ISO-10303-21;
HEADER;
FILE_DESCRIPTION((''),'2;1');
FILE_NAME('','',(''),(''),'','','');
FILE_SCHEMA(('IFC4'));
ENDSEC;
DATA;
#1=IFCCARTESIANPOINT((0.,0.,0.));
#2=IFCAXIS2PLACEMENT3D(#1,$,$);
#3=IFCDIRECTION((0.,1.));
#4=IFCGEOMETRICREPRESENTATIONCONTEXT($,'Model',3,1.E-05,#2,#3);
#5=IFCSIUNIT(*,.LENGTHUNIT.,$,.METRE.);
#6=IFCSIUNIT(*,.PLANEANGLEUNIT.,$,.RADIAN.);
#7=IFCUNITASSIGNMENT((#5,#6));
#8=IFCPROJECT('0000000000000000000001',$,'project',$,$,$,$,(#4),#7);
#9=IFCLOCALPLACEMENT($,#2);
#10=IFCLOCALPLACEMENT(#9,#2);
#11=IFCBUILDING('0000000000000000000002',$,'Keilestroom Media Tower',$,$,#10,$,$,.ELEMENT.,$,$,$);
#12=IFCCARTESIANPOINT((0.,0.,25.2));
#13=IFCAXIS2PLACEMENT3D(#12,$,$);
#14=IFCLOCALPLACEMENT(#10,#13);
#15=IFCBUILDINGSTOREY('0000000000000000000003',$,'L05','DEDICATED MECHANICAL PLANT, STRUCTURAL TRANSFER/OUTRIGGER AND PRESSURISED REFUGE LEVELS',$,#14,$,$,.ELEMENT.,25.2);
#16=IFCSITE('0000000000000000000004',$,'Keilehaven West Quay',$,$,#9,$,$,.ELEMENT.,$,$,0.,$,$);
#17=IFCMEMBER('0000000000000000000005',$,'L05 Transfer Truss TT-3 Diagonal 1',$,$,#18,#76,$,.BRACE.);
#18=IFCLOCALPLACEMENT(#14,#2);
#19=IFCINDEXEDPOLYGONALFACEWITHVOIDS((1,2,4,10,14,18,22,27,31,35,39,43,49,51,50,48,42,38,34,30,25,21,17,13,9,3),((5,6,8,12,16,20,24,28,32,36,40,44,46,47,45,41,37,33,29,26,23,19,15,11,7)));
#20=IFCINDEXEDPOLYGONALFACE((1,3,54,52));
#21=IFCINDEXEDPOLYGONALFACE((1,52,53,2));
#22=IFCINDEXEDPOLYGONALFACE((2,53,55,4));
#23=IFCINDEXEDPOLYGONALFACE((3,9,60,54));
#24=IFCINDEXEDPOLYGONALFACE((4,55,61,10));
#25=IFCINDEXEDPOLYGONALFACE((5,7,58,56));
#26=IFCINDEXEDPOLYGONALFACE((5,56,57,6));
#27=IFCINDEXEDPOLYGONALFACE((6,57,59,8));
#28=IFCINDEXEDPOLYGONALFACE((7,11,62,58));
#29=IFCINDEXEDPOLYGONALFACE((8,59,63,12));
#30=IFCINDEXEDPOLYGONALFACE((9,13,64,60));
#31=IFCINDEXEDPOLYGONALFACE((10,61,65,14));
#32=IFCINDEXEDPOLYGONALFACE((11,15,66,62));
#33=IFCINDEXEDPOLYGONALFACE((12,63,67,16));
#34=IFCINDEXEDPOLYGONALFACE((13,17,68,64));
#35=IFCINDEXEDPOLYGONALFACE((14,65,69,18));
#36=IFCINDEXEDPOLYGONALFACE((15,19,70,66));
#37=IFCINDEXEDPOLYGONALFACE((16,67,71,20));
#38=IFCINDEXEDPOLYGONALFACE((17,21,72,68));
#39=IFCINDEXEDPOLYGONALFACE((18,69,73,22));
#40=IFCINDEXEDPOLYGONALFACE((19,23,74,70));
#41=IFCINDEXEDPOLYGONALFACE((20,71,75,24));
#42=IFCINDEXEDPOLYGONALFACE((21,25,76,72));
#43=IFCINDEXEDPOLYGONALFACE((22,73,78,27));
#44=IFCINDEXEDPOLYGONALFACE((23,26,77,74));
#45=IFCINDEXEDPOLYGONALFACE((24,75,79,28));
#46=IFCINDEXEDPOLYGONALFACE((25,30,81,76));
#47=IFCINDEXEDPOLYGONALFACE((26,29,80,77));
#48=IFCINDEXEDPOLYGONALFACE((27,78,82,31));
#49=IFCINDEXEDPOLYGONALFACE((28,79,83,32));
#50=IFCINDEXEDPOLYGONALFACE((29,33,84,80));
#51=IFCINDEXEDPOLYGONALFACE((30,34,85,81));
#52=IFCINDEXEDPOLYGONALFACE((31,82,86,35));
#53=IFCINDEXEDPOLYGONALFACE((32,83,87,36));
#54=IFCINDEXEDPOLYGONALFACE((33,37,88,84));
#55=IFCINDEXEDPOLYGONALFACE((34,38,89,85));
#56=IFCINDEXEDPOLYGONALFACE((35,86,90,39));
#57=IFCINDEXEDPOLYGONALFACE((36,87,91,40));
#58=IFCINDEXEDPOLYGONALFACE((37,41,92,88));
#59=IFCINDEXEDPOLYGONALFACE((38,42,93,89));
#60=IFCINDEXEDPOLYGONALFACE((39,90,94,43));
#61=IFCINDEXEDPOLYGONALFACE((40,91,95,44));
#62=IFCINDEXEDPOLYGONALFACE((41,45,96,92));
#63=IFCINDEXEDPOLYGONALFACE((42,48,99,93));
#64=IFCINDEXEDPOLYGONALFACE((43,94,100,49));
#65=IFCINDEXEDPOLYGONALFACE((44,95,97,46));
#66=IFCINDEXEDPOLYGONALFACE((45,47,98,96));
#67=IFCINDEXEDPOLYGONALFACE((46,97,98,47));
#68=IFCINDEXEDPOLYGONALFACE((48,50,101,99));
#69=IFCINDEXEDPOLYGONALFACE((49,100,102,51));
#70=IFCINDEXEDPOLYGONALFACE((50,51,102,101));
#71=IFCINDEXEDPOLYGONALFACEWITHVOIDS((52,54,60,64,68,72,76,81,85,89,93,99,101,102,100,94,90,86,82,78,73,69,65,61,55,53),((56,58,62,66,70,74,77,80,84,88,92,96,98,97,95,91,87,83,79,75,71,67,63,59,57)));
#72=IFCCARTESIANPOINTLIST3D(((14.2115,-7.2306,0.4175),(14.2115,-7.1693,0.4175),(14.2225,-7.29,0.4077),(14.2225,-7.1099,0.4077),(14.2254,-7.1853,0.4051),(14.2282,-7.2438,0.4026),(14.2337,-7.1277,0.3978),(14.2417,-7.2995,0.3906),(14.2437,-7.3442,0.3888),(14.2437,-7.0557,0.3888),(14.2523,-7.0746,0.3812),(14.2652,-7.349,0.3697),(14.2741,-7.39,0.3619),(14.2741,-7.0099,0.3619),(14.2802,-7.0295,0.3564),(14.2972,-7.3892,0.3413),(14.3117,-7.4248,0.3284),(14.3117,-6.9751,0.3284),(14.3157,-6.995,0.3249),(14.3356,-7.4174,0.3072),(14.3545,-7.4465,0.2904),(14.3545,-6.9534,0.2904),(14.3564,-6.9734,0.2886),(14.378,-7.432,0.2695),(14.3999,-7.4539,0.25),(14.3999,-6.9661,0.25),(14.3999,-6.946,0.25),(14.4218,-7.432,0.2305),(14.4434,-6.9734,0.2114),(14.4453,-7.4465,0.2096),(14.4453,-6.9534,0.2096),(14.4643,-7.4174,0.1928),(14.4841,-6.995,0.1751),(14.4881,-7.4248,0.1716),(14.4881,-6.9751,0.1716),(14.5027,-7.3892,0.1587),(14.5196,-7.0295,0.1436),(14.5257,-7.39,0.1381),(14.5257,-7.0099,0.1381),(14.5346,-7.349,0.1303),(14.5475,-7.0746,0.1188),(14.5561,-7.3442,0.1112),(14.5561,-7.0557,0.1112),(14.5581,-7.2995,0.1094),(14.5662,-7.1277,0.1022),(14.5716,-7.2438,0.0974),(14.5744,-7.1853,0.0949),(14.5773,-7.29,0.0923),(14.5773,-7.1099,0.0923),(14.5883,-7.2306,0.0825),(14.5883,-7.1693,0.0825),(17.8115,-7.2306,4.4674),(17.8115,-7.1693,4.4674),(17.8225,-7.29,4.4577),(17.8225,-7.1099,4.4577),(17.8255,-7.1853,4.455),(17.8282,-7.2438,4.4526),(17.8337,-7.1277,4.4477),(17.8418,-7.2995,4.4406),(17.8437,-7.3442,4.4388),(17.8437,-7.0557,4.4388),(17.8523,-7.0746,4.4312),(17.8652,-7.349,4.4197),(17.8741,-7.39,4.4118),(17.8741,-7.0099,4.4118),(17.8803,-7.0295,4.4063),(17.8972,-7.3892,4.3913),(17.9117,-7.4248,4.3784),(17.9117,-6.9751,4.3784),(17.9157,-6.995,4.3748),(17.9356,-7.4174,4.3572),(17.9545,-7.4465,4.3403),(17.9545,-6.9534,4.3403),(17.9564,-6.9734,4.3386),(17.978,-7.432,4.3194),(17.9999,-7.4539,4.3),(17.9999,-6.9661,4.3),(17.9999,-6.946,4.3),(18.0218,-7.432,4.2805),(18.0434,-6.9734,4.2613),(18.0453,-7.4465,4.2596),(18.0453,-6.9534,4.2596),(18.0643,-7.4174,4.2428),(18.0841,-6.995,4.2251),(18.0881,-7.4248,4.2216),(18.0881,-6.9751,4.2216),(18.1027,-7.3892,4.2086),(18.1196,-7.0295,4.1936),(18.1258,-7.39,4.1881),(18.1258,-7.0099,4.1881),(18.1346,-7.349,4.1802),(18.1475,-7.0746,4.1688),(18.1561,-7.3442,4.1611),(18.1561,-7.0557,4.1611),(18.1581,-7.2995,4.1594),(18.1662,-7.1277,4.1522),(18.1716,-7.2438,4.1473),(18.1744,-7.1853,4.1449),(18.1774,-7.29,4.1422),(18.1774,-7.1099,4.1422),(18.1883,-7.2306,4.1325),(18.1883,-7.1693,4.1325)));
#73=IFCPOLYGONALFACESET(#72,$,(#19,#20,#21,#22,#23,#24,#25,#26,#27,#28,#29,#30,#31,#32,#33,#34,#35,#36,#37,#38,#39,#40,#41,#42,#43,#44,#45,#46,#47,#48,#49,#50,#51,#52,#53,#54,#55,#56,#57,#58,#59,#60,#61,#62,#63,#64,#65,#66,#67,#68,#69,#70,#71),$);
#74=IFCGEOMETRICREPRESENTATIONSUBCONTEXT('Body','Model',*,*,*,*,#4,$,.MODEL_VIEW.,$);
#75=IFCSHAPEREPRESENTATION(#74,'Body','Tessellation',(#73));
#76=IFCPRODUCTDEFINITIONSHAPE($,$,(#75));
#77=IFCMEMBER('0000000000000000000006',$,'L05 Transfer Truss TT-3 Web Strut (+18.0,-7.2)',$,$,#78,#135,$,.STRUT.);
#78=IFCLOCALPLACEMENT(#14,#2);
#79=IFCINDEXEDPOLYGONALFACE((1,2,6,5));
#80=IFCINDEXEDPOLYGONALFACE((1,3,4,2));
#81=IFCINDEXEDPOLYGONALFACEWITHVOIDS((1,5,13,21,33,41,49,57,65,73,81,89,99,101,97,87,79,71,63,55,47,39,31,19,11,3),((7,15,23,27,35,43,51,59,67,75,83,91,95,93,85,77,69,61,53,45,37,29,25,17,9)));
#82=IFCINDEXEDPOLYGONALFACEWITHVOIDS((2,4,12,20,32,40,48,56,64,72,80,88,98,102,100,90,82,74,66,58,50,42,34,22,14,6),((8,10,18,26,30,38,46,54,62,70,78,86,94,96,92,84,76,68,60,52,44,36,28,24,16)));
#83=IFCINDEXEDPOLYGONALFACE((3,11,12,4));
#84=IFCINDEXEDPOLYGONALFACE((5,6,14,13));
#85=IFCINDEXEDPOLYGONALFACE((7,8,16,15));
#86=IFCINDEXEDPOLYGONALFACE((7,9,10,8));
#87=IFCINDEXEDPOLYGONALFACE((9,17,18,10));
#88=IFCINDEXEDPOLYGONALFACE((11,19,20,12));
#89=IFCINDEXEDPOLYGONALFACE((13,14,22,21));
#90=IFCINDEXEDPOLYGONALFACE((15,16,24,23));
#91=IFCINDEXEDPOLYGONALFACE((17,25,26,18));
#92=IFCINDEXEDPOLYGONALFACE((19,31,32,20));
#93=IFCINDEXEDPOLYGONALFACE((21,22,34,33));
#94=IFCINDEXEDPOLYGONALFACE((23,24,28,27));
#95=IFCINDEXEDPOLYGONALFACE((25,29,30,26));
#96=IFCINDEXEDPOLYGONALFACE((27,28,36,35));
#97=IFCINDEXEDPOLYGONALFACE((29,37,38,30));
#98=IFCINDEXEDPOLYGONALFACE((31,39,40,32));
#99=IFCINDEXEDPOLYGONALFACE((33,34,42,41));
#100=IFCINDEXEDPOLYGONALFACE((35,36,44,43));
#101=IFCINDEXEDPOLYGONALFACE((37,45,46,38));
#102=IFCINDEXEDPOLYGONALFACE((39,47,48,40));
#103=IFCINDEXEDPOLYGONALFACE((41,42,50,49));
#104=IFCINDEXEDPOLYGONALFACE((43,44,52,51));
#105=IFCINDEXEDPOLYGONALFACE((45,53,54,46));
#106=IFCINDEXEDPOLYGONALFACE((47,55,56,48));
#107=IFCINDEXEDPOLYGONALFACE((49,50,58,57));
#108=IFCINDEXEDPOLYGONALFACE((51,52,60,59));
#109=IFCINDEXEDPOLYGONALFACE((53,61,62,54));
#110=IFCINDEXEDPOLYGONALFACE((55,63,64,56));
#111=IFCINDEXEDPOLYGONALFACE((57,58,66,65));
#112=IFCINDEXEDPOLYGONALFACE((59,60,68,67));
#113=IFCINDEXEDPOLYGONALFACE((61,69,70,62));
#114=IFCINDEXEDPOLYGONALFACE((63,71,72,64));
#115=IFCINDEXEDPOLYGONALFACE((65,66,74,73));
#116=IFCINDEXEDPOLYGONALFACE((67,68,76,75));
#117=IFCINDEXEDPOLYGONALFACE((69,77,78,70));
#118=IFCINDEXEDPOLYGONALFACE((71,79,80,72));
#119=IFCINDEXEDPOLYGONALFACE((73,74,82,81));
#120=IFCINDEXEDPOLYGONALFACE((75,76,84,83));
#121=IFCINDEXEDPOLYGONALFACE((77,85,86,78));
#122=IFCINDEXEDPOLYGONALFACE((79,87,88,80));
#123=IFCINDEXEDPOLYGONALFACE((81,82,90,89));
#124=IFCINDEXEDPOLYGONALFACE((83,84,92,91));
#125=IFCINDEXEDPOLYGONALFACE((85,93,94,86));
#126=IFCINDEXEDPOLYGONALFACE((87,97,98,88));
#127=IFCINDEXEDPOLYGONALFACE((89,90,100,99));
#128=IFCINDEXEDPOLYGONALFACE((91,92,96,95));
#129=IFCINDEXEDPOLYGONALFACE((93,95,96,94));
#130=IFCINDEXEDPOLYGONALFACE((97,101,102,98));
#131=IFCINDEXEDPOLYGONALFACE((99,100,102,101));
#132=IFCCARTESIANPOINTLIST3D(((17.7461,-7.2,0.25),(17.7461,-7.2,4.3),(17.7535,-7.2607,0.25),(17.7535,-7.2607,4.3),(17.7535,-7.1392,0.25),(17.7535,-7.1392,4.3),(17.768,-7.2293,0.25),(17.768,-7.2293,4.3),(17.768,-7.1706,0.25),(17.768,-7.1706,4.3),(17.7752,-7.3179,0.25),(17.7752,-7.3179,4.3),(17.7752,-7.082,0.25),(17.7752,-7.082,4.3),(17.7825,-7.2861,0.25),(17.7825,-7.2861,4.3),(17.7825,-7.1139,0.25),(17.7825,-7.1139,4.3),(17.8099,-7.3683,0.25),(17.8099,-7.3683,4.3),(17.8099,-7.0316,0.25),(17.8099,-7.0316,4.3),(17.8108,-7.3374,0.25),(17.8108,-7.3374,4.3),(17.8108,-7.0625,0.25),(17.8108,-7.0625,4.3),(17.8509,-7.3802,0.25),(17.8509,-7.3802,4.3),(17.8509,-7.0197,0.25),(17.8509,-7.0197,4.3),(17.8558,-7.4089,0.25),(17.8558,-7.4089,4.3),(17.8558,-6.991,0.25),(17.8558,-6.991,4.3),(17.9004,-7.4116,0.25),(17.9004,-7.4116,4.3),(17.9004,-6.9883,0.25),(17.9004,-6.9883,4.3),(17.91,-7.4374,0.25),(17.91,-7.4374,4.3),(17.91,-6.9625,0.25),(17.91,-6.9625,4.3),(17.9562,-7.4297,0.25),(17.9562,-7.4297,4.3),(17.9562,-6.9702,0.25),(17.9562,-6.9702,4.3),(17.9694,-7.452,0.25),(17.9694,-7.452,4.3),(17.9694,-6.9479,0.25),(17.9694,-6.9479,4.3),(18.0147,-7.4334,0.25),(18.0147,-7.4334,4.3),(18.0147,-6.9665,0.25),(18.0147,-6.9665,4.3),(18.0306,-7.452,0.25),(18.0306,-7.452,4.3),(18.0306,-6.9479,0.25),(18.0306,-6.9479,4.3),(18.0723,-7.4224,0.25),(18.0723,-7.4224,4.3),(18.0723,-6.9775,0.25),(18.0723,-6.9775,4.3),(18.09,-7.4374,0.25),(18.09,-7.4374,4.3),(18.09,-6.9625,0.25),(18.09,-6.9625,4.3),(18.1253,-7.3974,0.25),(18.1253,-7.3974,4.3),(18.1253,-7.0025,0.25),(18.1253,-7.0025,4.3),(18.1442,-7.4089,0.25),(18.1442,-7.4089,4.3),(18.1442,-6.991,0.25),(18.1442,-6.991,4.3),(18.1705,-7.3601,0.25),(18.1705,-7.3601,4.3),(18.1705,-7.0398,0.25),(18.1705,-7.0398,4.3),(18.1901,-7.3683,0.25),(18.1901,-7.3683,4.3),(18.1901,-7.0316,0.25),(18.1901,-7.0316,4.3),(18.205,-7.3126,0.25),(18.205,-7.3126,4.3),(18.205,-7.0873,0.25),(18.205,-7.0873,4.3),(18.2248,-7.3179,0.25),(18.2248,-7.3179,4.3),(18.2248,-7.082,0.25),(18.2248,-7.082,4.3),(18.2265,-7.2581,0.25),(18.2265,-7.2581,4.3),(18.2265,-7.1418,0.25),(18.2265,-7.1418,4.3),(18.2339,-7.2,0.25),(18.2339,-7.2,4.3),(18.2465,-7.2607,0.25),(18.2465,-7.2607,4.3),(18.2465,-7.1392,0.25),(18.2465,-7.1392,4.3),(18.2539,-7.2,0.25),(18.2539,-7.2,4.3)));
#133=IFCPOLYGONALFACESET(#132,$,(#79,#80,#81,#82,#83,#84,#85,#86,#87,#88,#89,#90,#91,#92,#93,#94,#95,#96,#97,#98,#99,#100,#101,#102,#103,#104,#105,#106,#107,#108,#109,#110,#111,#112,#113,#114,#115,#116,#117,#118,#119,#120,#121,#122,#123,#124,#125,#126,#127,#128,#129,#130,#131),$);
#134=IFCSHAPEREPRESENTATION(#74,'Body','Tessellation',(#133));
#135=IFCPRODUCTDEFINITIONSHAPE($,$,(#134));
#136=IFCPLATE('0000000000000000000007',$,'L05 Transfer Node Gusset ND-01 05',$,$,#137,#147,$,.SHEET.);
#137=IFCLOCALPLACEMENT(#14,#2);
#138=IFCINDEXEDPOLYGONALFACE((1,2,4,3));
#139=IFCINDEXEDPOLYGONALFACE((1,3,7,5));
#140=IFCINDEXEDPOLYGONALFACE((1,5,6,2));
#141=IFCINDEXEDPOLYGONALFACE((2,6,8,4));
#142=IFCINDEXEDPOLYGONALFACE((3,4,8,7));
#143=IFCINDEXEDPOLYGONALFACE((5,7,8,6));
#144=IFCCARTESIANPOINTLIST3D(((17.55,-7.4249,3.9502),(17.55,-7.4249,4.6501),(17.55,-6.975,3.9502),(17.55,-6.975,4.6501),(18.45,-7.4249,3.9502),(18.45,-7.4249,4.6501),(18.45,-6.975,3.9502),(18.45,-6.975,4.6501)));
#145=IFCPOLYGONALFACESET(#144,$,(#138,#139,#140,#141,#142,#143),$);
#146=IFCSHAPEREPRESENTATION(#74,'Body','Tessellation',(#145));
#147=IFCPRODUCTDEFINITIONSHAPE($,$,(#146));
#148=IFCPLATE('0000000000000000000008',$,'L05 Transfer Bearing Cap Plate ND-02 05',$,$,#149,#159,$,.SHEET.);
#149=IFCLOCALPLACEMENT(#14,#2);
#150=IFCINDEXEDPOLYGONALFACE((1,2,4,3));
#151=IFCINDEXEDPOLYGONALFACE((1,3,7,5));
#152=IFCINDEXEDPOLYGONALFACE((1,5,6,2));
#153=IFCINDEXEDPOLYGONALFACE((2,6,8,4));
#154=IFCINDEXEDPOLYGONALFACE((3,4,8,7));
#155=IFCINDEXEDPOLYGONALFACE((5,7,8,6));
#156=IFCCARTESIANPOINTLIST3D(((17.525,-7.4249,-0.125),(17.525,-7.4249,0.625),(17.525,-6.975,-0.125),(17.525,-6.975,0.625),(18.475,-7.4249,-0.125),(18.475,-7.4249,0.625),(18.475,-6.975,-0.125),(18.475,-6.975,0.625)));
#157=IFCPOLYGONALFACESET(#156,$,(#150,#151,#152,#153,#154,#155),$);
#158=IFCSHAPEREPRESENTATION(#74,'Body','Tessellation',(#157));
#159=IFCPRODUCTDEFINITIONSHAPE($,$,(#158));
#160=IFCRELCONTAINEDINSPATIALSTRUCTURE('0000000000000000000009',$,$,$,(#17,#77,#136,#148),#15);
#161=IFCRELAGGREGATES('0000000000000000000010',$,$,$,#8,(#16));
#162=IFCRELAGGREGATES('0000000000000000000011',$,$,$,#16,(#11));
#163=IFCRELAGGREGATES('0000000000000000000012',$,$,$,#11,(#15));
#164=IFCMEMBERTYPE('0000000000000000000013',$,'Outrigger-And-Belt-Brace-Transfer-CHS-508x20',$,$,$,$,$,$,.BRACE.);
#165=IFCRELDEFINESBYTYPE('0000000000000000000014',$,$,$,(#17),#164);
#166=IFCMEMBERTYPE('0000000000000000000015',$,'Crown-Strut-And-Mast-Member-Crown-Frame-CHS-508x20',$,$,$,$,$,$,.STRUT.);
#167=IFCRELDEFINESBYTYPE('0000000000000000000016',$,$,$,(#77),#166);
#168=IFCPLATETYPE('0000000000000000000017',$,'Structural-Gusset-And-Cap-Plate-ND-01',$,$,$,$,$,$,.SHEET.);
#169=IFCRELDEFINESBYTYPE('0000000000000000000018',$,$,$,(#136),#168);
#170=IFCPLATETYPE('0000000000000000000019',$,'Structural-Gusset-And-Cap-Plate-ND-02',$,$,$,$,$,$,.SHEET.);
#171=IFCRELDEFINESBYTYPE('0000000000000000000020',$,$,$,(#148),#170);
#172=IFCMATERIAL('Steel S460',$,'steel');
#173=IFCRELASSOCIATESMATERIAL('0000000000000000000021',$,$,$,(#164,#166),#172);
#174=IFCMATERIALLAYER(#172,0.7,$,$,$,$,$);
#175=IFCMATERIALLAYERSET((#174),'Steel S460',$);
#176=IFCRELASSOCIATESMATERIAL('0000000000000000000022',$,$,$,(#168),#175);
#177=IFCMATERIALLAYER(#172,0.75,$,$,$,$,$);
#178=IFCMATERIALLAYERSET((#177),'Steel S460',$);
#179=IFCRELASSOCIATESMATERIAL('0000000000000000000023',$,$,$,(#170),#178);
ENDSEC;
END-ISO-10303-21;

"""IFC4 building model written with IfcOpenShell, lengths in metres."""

from ifc_helpers import new_model, si_unit, direction, frame, origin, origin_2d, place, context, subcontext, project, spatial, rectangle, hollow_circle, extrude, source, transform, mapped, material, layer, layer_set, material_profile, profile_set, type_object, element, save


model = new_model("IFC4")

# Units and contexts
model_context = context("Model", 3, precision=1e-05, world=origin(), true_north=direction((0.0, 1.0)))
body_context = subcontext(model_context, "Body", "Model", "MODEL_VIEW")
ifc_project = project(units=[si_unit("LENGTHUNIT", "METRE"), si_unit("PLANEANGLEUNIT", "RADIAN")], contexts=[model_context])

# Site, building, storey
site_placement = place(None, origin())
site = spatial("IfcSite", under=ifc_project, at=site_placement, Name="Keilehaven West Quay", CompositionType="ELEMENT", RefElevation=0.0)
building_placement = place(site_placement, origin())
building = spatial("IfcBuilding", under=site, at=building_placement, Name="Keilestroom Media Tower", CompositionType="ELEMENT")
storey_placement = place(building_placement, frame((0.0, 0.0, 25.2)))
storey = spatial("IfcBuildingStorey", under=building, at=storey_placement, Name="L05", Description="DEDICATED MECHANICAL PLANT, STRUCTURAL TRANSFER/OUTRIGGER AND PRESSURISED REFUGE LEVELS", CompositionType="ELEMENT", Elevation=25.2)

# Shared definitions
ifc_material_1 = material(Name="Steel S460", Category="steel")

# Members
ifc_material_profile_1 = material_profile(ifc_material_1, hollow_circle(Radius=0.2539, WallThickness=0.02, at=origin_2d()), Name="CHS 508x20")
ifc_profile_set_1 = profile_set([ifc_material_profile_1], Name="Steel S460")
member_type_1 = type_object("IfcMemberType", Name="Outrigger-And-Belt-Brace-Transfer-CHS-508x20", PredefinedType="BRACE", material=ifc_profile_set_1)
shared_shape_1 = source(origin(), body_context, "Body", "SweptSolid", [
    extrude(hollow_circle(Radius=0.2539, WallThickness=0.02, at=origin_2d()), origin(), (0.0, 0.0, 1.0), 5.4187),
])
member_1_placement = place(storey_placement, frame((14.3999, -7.2, 0.25), z_axis=(0.664369, 0.0, 0.747404), x_axis=(0.0, 1.0, 0.0)))
element("IfcMember", 1, at=member_1_placement, inside=storey, type_object=member_type_1, Name="L05 Transfer Truss TT-3 Diagonal 1", PredefinedType="BRACE", context=body_context, shape_type="MappedRepresentation", body=[
    mapped(shared_shape_1, transform((0.0, 0.0, 0.0), x_axis=(1.0, 0.0, 0.0), y_axis=(0.0, 1.0, 0.0), z_axis=(0.0, 0.0, 1.0), scale=1.0)),
])
ifc_material_profile_2 = material_profile(ifc_material_1, hollow_circle(Radius=0.2539, WallThickness=0.02, at=origin_2d()), Name="CHS 508x20")
ifc_profile_set_2 = profile_set([ifc_material_profile_2], Name="Steel S460")
member_type_2 = type_object("IfcMemberType", Name="Crown-Strut-And-Mast-Member-Crown-Frame-CHS-508x20", PredefinedType="STRUT", material=ifc_profile_set_2)
shared_shape_2 = source(origin(), body_context, "Body", "SweptSolid", [
    extrude(hollow_circle(Radius=0.2539, WallThickness=0.02, at=origin_2d()), origin(), (0.0, 0.0, 1.0), 4.05),
])
member_2_placement = place(storey_placement, frame((18.0, -7.2, 0.25), z_axis=(0.0, 0.0, 1.0), x_axis=(1.0, 0.0, 0.0)))
element("IfcMember", 2, at=member_2_placement, inside=storey, type_object=member_type_2, Name="L05 Transfer Truss TT-3 Web Strut (+18.0,-7.2)", PredefinedType="STRUT", context=body_context, shape_type="MappedRepresentation", body=[
    mapped(shared_shape_2, transform((0.0, 0.0, 0.0), x_axis=(1.0, 0.0, 0.0), y_axis=(0.0, 1.0, 0.0), z_axis=(0.0, 0.0, 1.0), scale=1.0)),
])

# Plates
ifc_layer_1 = layer(ifc_material_1, 0.7)
ifc_layer_set_1 = layer_set([ifc_layer_1], Name="Steel S460")
plate_type_1 = type_object("IfcPlateType", Name="Structural-Gusset-And-Cap-Plate-ND-01", PredefinedType="SHEET", material=ifc_layer_set_1)
shared_shape_3 = source(origin(), body_context, "Body", "SweptSolid", [
    extrude(rectangle(XDim=0.8999, YDim=0.45, at=origin_2d()), origin(), (0.0, 0.0, 1.0), 0.7),
])
plate_1_placement = place(storey_placement, frame((18.0, -7.2, 3.9502), z_axis=(0.0, 0.0, 1.0), x_axis=(1.0, 0.0, 0.0)))
element("IfcPlate", 3, at=plate_1_placement, inside=storey, type_object=plate_type_1, Name="L05 Transfer Node Gusset ND-01 05", PredefinedType="SHEET", context=body_context, shape_type="MappedRepresentation", body=[
    mapped(shared_shape_3, transform((0.0, 0.0, 0.0), x_axis=(1.0, 0.0, 0.0), y_axis=(0.0, 1.0, 0.0), z_axis=(0.0, 0.0, 1.0), scale=1.0)),
])
ifc_layer_2 = layer(ifc_material_1, 0.75)
ifc_layer_set_2 = layer_set([ifc_layer_2], Name="Steel S460")
plate_type_2 = type_object("IfcPlateType", Name="Structural-Gusset-And-Cap-Plate-ND-02", PredefinedType="SHEET", material=ifc_layer_set_2)
shared_shape_4 = source(origin(), body_context, "Body", "SweptSolid", [
    extrude(rectangle(XDim=0.95, YDim=0.45, at=origin_2d()), origin(), (0.0, 0.0, 1.0), 0.75),
])
plate_2_placement = place(storey_placement, frame((18.0, -7.2, -0.125), z_axis=(0.0, 0.0, 1.0), x_axis=(1.0, 0.0, 0.0)))
element("IfcPlate", 4, at=plate_2_placement, inside=storey, type_object=plate_type_2, Name="L05 Transfer Bearing Cap Plate ND-02 05", PredefinedType="SHEET", context=body_context, shape_type="MappedRepresentation", body=[
    mapped(shared_shape_4, transform((0.0, 0.0, 0.0), x_axis=(1.0, 0.0, 0.0), y_axis=(0.0, 1.0, 0.0), z_axis=(0.0, 0.0, 1.0), scale=1.0)),
])

save(model, "model.ifc")
